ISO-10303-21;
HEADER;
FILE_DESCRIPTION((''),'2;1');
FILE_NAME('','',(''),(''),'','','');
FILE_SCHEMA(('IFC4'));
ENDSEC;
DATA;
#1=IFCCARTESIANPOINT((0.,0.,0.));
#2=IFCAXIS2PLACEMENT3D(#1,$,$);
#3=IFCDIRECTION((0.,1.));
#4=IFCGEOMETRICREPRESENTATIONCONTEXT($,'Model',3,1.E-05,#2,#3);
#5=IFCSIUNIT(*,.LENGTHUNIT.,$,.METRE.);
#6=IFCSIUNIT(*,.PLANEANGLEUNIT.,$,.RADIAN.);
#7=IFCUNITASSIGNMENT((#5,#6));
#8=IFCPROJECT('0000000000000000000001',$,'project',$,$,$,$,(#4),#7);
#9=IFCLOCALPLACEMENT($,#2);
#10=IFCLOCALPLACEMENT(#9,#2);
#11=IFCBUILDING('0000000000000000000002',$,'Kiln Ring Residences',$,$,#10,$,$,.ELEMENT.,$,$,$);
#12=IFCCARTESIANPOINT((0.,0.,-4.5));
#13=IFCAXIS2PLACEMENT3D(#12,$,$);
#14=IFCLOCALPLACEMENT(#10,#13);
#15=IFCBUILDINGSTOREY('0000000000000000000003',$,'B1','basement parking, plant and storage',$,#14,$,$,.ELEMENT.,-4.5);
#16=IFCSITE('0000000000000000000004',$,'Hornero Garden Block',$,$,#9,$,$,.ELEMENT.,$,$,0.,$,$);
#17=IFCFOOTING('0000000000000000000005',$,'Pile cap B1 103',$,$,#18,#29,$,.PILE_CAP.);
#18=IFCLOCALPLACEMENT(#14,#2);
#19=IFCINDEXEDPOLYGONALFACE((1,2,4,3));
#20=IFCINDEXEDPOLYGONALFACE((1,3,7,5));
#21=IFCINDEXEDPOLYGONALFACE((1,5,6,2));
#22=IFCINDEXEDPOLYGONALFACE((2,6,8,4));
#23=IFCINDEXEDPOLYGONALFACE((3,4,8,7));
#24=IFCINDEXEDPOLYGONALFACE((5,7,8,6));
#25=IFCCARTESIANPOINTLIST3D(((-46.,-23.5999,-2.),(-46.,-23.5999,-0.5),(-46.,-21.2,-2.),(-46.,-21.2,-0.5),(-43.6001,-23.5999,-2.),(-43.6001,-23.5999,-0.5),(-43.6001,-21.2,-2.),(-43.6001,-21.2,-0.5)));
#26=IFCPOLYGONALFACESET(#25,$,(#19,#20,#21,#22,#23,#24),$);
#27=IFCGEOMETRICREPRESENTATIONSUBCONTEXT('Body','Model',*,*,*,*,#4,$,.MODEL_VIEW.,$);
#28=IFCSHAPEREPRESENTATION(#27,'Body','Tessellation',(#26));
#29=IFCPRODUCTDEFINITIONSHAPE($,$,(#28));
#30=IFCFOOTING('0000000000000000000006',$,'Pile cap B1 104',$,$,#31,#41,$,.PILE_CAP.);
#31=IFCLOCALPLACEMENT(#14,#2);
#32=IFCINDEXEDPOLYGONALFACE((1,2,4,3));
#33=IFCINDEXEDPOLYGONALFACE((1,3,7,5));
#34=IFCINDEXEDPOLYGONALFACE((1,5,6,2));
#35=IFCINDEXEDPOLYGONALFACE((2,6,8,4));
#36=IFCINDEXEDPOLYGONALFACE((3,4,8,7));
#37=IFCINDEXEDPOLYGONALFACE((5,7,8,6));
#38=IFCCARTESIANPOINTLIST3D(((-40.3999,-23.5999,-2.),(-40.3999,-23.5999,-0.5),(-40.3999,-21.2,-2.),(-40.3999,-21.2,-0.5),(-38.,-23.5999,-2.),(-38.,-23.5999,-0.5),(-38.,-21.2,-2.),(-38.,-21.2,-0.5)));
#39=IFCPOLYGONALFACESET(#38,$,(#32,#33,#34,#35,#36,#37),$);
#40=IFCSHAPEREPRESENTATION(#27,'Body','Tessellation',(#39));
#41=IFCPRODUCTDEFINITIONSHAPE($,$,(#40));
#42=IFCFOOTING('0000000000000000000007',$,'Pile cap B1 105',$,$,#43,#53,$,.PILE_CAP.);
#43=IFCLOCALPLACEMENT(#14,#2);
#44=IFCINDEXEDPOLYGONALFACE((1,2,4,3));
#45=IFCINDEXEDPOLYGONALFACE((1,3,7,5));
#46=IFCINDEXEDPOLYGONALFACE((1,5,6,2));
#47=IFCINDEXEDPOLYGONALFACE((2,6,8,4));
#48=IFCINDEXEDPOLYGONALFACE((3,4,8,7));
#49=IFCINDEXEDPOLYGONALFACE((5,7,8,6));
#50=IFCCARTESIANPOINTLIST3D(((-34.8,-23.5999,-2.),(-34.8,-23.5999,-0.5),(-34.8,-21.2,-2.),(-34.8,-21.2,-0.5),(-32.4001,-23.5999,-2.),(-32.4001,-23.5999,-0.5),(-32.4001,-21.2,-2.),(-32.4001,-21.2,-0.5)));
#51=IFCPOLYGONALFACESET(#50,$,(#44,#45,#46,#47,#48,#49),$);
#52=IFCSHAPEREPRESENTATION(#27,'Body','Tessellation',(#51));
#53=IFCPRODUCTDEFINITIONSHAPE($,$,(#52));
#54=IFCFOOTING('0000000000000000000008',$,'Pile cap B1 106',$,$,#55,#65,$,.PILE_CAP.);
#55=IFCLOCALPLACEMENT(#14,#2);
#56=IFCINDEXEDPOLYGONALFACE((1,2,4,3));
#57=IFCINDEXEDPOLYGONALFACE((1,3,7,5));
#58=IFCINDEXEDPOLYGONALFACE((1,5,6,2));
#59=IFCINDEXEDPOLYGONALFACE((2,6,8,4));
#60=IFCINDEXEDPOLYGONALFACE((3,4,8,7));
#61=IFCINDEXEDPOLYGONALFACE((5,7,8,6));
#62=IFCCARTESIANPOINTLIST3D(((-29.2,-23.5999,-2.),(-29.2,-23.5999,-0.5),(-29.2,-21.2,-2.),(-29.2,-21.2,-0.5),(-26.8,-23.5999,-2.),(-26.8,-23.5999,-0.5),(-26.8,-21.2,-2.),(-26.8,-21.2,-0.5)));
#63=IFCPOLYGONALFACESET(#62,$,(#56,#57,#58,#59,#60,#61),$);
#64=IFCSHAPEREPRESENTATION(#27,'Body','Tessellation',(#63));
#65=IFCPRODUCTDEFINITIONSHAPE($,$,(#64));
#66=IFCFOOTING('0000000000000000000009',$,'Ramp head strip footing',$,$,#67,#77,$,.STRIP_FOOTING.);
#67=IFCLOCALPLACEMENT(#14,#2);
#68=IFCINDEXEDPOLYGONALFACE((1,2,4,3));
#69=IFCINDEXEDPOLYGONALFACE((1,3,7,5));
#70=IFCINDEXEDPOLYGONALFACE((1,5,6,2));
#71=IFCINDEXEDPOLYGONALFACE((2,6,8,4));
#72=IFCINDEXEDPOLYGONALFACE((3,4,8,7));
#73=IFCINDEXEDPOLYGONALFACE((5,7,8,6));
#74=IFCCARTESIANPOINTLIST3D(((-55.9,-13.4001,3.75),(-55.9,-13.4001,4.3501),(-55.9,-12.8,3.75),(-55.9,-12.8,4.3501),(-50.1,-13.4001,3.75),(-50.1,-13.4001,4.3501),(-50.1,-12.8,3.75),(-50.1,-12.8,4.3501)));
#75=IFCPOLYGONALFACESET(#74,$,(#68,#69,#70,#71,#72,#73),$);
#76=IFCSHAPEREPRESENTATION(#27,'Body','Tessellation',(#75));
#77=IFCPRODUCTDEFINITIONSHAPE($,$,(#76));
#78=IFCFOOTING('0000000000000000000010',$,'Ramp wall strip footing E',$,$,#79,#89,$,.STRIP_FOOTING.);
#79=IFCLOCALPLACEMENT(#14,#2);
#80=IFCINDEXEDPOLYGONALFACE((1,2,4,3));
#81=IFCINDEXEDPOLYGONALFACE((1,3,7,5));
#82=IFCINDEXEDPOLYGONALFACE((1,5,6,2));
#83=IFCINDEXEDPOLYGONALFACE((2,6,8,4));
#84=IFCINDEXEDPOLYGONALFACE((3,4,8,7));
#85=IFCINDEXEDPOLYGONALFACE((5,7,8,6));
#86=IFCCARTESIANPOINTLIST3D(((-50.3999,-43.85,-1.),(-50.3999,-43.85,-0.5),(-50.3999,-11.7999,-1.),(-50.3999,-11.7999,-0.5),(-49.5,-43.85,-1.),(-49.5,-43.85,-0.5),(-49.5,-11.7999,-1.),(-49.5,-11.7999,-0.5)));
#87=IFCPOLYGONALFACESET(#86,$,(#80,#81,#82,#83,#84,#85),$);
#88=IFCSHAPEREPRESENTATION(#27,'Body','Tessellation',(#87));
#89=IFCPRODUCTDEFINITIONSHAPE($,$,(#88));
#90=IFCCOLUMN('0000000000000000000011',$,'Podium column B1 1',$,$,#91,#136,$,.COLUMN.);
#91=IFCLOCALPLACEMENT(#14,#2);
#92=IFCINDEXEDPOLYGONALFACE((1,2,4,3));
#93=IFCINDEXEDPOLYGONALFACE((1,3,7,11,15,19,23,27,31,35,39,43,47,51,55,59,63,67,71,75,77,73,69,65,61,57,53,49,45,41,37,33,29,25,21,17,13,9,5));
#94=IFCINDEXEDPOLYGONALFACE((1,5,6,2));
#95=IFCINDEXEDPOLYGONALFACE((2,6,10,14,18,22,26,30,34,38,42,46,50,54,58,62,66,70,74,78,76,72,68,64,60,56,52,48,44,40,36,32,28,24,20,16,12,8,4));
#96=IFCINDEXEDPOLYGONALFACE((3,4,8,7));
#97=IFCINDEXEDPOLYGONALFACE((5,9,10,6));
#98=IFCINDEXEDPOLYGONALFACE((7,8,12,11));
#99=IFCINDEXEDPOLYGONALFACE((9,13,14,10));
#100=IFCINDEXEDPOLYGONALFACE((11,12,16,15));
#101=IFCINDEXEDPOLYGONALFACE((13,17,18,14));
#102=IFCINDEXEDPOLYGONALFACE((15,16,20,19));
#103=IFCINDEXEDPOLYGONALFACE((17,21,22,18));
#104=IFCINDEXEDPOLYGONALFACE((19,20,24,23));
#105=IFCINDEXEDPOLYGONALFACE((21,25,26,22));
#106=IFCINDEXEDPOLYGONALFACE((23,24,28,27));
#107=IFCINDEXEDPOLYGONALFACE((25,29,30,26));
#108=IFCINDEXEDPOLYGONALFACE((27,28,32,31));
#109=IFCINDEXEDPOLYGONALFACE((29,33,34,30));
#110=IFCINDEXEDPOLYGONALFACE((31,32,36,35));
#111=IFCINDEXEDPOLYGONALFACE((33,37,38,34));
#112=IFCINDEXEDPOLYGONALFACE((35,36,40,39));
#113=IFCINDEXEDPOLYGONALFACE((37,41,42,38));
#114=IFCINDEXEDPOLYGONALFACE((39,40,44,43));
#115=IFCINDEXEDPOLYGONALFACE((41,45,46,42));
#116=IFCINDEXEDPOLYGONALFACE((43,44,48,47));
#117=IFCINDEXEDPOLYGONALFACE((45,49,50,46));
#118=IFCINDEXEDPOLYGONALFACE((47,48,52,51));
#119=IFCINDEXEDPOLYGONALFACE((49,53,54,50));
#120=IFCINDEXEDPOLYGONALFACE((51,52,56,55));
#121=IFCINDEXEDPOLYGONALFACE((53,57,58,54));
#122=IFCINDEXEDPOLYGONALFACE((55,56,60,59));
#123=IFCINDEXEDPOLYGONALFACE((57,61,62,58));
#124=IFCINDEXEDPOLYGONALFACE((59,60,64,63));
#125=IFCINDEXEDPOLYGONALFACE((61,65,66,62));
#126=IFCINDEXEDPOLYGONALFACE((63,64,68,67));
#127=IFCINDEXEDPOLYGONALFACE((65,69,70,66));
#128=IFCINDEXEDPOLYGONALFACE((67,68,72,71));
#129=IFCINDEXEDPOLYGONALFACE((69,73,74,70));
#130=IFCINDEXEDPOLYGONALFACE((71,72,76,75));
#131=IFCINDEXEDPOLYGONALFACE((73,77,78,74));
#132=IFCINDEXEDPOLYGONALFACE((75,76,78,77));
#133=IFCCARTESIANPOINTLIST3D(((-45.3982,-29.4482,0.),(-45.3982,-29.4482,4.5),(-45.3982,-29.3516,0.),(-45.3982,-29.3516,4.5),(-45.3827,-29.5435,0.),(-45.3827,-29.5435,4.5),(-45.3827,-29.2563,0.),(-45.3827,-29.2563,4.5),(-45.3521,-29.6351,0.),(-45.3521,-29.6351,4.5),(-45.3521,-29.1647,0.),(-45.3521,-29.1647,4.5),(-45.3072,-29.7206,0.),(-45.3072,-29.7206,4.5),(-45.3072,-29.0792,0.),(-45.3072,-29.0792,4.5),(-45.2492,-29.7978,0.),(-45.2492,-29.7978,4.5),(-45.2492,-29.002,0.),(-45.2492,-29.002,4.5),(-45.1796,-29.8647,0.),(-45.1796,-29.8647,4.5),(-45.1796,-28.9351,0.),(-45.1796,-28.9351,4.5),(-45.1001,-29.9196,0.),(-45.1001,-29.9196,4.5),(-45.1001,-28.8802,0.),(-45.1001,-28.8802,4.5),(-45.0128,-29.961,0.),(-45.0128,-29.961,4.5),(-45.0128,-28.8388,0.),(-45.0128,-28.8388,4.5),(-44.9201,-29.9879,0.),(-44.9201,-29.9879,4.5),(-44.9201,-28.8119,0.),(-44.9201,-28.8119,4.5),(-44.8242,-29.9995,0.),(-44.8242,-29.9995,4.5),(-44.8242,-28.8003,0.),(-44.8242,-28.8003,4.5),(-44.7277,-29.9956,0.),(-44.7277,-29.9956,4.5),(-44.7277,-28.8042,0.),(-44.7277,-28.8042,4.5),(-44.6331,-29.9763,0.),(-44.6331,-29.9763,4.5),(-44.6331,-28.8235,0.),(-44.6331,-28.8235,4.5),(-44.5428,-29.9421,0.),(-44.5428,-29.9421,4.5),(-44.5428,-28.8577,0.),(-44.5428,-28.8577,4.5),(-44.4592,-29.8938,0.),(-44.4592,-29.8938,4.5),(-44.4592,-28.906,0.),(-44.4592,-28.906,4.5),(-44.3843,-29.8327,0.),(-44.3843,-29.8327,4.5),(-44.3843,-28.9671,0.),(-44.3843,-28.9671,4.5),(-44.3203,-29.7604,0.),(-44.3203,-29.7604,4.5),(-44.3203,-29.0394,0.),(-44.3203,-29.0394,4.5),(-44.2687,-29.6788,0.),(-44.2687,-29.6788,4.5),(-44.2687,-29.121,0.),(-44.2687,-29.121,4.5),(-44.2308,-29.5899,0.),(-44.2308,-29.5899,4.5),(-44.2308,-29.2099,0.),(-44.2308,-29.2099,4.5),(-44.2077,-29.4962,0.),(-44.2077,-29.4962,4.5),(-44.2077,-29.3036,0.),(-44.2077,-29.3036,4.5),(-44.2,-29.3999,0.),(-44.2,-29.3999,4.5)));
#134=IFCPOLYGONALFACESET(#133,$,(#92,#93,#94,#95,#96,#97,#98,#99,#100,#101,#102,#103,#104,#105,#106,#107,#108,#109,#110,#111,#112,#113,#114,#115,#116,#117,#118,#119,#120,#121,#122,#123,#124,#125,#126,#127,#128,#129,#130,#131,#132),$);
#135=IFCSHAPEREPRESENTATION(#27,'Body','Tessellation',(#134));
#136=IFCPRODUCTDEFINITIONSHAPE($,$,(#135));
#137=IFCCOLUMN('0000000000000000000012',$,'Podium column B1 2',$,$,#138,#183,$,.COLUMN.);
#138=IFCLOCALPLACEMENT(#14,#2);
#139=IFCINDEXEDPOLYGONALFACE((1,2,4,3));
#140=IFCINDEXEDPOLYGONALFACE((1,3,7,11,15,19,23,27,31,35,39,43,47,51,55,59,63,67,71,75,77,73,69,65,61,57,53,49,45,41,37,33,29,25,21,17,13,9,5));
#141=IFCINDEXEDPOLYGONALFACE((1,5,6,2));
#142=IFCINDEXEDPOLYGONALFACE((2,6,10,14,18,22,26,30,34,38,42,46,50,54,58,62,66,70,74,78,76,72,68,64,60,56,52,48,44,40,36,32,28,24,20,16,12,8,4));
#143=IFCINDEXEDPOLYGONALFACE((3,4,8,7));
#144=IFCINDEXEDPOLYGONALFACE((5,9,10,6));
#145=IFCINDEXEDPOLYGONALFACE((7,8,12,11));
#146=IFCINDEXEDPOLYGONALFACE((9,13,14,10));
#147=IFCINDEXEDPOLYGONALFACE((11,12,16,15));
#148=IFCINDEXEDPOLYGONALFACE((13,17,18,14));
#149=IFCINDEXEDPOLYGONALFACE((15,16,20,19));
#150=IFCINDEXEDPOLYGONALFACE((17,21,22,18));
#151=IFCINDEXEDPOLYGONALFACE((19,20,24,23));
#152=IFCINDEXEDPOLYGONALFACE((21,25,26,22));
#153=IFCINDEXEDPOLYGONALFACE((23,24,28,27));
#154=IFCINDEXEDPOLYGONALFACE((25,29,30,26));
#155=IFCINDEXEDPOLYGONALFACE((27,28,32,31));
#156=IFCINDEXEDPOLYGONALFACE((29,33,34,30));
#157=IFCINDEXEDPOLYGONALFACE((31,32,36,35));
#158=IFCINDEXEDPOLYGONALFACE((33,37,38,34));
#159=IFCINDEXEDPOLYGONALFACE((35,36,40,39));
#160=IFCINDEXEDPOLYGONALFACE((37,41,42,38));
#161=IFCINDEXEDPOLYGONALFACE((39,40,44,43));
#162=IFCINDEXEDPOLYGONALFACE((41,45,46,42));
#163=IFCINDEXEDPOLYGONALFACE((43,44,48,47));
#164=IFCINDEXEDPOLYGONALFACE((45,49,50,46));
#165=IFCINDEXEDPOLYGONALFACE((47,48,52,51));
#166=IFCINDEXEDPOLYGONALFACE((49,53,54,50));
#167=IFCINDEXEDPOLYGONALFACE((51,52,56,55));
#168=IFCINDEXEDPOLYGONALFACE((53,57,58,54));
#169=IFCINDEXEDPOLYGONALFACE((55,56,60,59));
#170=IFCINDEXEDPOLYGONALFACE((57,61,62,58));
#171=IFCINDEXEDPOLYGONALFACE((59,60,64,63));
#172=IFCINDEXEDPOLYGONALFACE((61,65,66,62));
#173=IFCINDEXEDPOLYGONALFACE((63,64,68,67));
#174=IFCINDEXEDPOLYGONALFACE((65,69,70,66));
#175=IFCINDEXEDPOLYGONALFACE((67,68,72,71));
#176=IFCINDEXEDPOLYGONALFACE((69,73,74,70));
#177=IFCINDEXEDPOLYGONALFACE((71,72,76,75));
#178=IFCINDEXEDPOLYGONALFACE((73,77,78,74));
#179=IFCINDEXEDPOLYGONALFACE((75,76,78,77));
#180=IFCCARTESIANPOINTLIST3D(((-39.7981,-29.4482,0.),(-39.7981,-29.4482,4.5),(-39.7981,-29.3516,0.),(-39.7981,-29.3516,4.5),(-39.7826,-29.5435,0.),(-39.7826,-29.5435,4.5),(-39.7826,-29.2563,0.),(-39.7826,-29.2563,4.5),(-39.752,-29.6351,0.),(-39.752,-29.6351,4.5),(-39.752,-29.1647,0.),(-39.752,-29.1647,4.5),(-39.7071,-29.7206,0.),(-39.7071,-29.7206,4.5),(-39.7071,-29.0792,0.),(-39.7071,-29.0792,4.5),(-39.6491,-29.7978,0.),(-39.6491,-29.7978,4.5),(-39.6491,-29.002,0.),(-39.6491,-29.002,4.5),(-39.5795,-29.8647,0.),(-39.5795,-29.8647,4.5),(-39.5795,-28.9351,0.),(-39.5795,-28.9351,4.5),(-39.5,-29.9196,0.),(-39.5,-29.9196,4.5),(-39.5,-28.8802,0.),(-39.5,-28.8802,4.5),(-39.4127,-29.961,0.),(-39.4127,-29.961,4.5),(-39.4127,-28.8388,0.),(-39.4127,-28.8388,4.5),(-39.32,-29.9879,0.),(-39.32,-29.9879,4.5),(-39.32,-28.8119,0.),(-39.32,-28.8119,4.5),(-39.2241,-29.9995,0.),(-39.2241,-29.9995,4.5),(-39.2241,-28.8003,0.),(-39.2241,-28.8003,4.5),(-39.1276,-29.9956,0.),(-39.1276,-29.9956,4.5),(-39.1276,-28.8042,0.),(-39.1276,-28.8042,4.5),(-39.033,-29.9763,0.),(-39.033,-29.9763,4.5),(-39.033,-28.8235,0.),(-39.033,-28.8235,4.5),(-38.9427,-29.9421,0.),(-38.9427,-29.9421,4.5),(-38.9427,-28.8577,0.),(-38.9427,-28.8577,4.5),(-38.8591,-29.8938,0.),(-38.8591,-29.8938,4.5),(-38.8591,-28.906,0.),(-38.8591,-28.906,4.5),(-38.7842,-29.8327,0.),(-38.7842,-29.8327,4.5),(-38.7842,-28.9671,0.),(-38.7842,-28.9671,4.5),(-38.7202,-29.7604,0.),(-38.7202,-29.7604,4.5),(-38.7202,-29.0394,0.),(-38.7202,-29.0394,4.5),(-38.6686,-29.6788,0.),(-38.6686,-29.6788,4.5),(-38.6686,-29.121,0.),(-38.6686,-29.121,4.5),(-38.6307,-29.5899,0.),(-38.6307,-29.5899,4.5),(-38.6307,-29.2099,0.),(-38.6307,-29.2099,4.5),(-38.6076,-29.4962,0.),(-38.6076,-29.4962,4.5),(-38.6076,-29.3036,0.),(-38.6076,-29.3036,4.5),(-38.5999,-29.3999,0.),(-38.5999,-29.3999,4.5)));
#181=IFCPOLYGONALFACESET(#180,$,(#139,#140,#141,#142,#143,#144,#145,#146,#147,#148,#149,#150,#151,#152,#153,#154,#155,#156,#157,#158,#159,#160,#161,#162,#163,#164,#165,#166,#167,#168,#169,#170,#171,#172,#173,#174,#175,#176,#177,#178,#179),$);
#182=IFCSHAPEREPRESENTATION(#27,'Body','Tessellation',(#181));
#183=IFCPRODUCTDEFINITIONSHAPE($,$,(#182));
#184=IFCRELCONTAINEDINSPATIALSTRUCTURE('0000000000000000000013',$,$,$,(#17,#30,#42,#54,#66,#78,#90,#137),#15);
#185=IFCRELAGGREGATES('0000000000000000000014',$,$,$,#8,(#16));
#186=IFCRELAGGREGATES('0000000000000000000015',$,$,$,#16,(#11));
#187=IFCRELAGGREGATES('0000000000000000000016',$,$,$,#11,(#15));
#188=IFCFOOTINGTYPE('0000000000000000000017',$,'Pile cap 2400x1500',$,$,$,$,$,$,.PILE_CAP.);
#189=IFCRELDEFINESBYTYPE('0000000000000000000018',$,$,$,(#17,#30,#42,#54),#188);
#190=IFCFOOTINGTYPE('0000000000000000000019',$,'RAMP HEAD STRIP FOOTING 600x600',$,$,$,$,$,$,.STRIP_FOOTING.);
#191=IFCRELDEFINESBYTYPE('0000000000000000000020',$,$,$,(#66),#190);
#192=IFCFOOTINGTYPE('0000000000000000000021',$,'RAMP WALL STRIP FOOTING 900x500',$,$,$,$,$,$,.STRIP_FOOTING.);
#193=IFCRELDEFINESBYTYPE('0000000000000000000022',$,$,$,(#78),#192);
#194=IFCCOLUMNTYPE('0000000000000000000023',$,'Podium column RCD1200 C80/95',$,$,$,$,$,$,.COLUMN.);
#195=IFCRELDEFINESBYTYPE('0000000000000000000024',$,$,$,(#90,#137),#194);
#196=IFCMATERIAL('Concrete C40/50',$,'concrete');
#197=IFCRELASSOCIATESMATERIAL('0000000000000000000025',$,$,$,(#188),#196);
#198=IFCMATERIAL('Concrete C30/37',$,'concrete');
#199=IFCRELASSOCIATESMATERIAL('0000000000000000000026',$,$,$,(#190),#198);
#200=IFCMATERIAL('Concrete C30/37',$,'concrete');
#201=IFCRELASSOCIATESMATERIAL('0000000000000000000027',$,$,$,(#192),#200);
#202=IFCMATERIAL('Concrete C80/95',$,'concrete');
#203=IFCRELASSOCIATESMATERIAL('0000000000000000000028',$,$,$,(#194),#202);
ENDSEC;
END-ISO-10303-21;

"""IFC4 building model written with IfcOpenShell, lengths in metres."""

from ifc_helpers import new_model, si_unit, direction, frame, origin, origin_2d, place, context, subcontext, project, spatial, rectangle, circle, extrude, material, material_profile, profile_set, type_object, element, save


model = new_model("IFC4")

# Units and contexts
model_context = context("Model", 3, precision=1e-05, world=origin(), true_north=direction((0.0, 1.0)))
body_context = subcontext(model_context, "Body", "Model", "MODEL_VIEW")
ifc_project = project(units=[si_unit("LENGTHUNIT", "METRE"), si_unit("PLANEANGLEUNIT", "RADIAN")], contexts=[model_context])

# Site, building, storey
site_placement = place(None, origin())
site = spatial("IfcSite", under=ifc_project, at=site_placement, Name="Hornero Garden Block", CompositionType="ELEMENT", RefElevation=0.0)
building_placement = place(site_placement, origin())
building = spatial("IfcBuilding", under=site, at=building_placement, Name="Kiln Ring Residences", CompositionType="ELEMENT")
storey_placement = place(building_placement, frame((0.0, 0.0, -4.5)))
storey = spatial("IfcBuildingStorey", under=building, at=storey_placement, Name="B1", Description="basement parking, plant and storage", CompositionType="ELEMENT", Elevation=-4.5)

# Footings
ifc_material_1 = material(Name="Concrete C40/50", Category="concrete")
footing_type_1 = type_object("IfcFootingType", Name="Pile cap 2400x1500", PredefinedType="PILE_CAP", material=ifc_material_1)
for number, where, z_axis, x_axis, name in (
    (1, (-44.8, -22.3999, -2.0), (0.0, 0.0, 1.0), (1.0, 0.0, 0.0), "Pile cap B1 103"),
    (2, (-39.2, -22.3999, -2.0), (0.0, 0.0, 1.0), (1.0, 0.0, 0.0), "Pile cap B1 104"),
    (3, (-33.6001, -22.3999, -2.0), (0.0, 0.0, 1.0), (1.0, 0.0, 0.0), "Pile cap B1 105"),
    (4, (-28.0, -22.3999, -2.0), (0.0, 0.0, 1.0), (1.0, 0.0, 0.0), "Pile cap B1 106"),
):
    element("IfcFooting", number, at=place(storey_placement, frame(where, z_axis=z_axis, x_axis=x_axis)), inside=storey, type_object=footing_type_1, Name=name, PredefinedType="PILE_CAP", context=body_context, shape_type="SweptSolid", body=[
        extrude(rectangle(XDim=2.3999, YDim=2.3999, at=origin_2d()), origin(), (0.0, 0.0, 1.0), 1.5),
    ])
ifc_material_2 = material(Name="Concrete C30/37", Category="concrete")
footing_type_2 = type_object("IfcFootingType", Name="RAMP HEAD STRIP FOOTING 600x600", PredefinedType="STRIP_FOOTING", material=ifc_material_2)
footing_1_placement = place(storey_placement, frame((-53.0, -13.1001, 3.75), z_axis=(0.0, 0.0, 1.0), x_axis=(1.0, 0.0, 0.0)))
element("IfcFooting", 5, at=footing_1_placement, inside=storey, type_object=footing_type_2, Name="Ramp head strip footing", PredefinedType="STRIP_FOOTING", context=body_context, shape_type="SweptSolid", body=[
    extrude(rectangle(XDim=5.8, YDim=0.6001, at=origin_2d()), origin(), (0.0, 0.0, 1.0), 0.6001),
])
ifc_material_3 = material(Name="Concrete C30/37", Category="concrete")
footing_type_3 = type_object("IfcFootingType", Name="RAMP WALL STRIP FOOTING 900x500", PredefinedType="STRIP_FOOTING", material=ifc_material_3)
footing_2_placement = place(storey_placement, frame((-49.95, -27.825, -1.0), z_axis=(0.0, 0.0, 1.0), x_axis=(1.0, 0.0, 0.0)))
element("IfcFooting", 6, at=footing_2_placement, inside=storey, type_object=footing_type_3, Name="Ramp wall strip footing E", PredefinedType="STRIP_FOOTING", context=body_context, shape_type="SweptSolid", body=[
    extrude(rectangle(XDim=0.8999, YDim=32.05, at=origin_2d()), origin(), (0.0, 0.0, 1.0), 0.5),
])

# Columns
ifc_material_4 = material(Name="Concrete C80/95", Category="concrete")
ifc_material_profile_1 = material_profile(ifc_material_4, circle(Radius=0.6001, at=origin_2d()), Name="RCD1200")
ifc_profile_set_1 = profile_set([ifc_material_profile_1], Name="Concrete C80/95")
column_type = type_object("IfcColumnType", Name="Podium column RCD1200 C80/95", PredefinedType="COLUMN", material=ifc_profile_set_1)
for number, where, z_axis, x_axis, name in (
    (7, (-44.8, -29.3999, 0.0), (0.0, 0.0, 1.0), (1.0, 0.0, 0.0), "Podium column B1 1"),
    (8, (-39.2, -29.3999, 0.0), (0.0, 0.0, 1.0), (1.0, 0.0, 0.0), "Podium column B1 2"),
):
    element("IfcColumn", number, at=place(storey_placement, frame(where, z_axis=z_axis, x_axis=x_axis)), inside=storey, type_object=column_type, Name=name, PredefinedType="COLUMN", context=body_context, shape_type="SweptSolid", body=[
        extrude(circle(Radius=0.6001, at=origin_2d()), origin(), (0.0, 0.0, 1.0), 4.5),
    ])

save(model, "model.ifc")
